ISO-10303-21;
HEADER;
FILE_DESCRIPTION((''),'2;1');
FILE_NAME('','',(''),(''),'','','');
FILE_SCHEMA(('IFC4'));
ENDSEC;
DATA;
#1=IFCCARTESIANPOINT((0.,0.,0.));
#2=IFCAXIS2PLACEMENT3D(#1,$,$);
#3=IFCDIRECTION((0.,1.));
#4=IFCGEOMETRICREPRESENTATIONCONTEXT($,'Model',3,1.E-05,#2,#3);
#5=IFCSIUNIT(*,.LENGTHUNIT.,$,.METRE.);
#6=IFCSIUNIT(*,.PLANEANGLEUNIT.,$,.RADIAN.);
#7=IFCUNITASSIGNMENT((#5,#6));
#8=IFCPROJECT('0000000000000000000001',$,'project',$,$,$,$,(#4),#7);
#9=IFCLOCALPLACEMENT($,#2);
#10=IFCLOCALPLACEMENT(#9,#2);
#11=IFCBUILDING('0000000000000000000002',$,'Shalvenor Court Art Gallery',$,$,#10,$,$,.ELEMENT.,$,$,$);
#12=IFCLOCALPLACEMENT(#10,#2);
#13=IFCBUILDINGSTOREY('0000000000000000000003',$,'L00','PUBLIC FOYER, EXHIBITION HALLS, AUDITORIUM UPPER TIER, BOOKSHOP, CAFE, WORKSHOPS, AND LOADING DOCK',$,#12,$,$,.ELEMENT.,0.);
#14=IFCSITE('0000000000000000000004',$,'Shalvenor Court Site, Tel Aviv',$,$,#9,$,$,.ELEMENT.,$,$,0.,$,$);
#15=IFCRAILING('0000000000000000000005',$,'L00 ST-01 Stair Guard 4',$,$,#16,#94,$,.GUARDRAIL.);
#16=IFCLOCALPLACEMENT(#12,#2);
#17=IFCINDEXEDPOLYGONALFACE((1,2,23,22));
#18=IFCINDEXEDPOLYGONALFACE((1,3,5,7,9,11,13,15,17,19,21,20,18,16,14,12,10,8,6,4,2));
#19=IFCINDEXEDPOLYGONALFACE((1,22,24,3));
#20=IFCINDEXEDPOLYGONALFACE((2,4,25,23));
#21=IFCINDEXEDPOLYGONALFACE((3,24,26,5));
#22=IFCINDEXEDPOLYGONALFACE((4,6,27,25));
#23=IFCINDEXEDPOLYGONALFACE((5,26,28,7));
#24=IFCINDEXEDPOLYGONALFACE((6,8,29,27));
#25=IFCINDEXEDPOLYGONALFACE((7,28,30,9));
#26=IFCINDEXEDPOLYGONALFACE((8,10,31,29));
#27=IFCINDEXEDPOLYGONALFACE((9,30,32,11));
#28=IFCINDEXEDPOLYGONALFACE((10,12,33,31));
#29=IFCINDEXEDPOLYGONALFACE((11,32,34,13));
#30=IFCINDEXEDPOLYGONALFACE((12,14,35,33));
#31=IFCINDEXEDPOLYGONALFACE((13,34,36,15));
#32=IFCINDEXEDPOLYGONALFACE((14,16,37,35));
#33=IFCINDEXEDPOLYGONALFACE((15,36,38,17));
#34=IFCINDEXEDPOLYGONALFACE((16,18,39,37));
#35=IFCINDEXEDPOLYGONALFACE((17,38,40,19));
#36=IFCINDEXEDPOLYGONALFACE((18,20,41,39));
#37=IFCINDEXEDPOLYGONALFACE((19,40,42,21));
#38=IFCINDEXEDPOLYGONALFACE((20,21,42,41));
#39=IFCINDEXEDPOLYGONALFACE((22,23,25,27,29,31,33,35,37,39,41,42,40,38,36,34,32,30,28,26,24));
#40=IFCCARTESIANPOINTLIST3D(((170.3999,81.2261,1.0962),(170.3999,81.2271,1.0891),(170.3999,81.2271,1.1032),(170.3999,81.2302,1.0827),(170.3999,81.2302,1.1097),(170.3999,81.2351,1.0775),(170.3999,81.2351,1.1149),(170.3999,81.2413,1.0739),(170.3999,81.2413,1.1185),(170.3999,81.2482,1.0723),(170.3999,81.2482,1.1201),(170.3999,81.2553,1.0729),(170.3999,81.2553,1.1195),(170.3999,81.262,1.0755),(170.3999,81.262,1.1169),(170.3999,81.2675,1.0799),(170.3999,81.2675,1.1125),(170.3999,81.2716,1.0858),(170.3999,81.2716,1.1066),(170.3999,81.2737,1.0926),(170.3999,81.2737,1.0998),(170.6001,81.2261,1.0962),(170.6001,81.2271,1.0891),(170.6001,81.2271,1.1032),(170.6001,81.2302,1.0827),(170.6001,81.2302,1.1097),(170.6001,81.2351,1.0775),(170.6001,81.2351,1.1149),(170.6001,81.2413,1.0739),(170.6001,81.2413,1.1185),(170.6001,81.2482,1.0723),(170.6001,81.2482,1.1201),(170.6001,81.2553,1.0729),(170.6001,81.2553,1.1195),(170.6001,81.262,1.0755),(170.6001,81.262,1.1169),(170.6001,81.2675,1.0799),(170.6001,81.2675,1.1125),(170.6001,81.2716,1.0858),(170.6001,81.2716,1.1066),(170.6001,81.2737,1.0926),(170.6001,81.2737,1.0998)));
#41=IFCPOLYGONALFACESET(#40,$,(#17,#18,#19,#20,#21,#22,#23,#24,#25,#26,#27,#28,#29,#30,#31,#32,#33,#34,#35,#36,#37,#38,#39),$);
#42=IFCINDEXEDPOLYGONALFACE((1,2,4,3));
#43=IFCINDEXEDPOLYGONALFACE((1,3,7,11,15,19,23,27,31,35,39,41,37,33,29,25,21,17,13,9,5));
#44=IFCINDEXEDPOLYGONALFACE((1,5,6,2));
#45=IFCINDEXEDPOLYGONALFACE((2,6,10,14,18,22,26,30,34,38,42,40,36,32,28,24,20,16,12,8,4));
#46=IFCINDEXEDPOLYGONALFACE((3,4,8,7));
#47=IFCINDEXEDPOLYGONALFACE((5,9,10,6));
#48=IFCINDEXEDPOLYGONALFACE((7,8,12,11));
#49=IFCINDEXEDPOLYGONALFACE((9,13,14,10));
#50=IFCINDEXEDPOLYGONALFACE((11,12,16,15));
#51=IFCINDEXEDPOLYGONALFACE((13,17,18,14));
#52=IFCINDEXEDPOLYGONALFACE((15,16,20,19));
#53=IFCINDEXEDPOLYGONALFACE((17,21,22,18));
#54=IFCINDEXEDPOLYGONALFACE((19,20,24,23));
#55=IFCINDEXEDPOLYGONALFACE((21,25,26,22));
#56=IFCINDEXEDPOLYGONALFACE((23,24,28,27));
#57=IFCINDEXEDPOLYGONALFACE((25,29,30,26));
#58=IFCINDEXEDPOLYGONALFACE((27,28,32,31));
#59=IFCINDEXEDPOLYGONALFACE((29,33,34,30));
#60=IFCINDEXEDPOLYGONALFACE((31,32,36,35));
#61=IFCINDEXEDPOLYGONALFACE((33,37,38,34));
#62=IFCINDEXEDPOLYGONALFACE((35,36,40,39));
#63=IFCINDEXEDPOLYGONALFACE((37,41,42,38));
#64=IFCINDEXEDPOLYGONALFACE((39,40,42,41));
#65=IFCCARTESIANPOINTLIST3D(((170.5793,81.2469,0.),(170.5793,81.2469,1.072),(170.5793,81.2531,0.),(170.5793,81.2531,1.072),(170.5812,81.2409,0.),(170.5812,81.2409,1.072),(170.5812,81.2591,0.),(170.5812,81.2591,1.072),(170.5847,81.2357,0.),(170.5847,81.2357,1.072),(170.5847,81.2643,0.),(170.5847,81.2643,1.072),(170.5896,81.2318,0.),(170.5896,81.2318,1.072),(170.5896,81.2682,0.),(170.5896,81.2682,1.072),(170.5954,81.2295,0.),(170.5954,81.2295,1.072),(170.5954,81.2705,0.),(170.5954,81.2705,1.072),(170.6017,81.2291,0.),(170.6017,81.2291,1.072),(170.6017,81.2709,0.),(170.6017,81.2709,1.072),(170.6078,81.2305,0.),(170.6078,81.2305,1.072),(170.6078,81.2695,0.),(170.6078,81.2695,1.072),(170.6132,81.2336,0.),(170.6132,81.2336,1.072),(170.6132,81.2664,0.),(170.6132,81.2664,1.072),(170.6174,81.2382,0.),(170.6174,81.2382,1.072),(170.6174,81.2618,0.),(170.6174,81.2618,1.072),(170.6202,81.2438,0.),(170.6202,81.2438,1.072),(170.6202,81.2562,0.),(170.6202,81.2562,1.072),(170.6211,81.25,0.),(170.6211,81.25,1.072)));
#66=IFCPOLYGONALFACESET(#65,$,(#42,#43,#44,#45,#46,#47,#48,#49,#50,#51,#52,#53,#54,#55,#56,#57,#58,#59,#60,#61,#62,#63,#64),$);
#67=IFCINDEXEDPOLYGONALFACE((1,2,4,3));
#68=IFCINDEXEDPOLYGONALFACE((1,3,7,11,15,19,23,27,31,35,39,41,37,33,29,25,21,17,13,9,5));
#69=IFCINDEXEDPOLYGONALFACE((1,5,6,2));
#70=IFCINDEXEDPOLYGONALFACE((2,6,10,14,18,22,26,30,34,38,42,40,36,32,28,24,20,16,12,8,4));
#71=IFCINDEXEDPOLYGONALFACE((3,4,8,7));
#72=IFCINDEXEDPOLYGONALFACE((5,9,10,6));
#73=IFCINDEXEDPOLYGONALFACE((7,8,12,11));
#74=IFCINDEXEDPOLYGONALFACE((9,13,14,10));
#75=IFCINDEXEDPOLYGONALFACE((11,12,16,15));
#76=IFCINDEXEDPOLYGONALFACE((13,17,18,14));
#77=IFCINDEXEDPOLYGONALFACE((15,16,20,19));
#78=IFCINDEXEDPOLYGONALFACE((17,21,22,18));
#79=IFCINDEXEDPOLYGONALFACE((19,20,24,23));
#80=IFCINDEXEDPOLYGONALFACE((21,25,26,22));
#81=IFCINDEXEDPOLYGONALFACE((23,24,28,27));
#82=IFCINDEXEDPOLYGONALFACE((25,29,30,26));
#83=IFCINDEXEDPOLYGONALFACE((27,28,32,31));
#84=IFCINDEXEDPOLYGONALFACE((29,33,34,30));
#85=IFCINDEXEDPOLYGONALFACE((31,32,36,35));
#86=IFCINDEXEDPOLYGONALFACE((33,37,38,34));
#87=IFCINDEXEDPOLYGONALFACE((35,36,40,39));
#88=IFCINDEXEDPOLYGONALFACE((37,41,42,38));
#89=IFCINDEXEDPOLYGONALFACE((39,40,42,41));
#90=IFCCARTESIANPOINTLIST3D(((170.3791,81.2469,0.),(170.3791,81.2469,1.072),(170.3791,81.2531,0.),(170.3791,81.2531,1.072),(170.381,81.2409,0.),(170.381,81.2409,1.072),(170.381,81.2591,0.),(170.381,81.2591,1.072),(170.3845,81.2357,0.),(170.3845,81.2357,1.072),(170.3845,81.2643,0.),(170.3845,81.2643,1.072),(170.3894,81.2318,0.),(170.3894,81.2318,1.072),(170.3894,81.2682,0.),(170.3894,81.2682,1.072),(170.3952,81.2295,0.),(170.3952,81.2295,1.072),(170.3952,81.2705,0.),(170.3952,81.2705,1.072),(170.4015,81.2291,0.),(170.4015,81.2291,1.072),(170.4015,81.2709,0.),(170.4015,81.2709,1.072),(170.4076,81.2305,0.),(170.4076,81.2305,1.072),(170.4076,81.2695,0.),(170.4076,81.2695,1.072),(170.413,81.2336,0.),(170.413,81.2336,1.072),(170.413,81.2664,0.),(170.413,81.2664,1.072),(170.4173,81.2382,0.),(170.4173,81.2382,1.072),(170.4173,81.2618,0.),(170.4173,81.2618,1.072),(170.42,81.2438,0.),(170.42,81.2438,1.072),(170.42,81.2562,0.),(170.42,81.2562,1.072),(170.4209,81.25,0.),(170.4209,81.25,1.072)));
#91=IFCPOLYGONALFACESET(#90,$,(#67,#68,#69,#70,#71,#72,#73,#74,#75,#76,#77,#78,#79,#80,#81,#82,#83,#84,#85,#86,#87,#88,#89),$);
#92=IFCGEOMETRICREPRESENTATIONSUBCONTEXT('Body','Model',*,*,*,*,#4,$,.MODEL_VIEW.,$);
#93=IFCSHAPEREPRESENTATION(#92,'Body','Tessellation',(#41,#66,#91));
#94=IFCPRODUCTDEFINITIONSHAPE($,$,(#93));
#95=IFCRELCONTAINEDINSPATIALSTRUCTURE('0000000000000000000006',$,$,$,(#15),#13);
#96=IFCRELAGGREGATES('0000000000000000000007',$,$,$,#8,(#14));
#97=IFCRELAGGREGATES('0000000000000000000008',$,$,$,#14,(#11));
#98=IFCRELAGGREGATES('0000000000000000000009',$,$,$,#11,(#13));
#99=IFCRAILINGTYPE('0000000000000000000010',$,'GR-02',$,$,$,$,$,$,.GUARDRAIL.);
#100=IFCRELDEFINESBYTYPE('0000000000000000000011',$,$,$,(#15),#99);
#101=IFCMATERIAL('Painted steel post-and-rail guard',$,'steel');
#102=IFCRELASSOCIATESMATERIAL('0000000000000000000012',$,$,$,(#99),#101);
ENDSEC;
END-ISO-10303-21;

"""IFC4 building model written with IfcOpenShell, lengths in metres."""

from ifc_helpers import new_model, si_unit, direction, frame, origin, origin_2d, place, context, subcontext, project, spatial, circle, extrude, material, type_object, element, save


model = new_model("IFC4")

# Units and contexts
model_context = context("Model", 3, precision=1e-05, world=origin(), true_north=direction((0.0, 1.0)))
body_context = subcontext(model_context, "Body", "Model", "MODEL_VIEW")
ifc_project = project(units=[si_unit("LENGTHUNIT", "METRE"), si_unit("PLANEANGLEUNIT", "RADIAN")], contexts=[model_context])

# Site, building, storey
site_placement = place(None, origin())
site = spatial("IfcSite", under=ifc_project, at=site_placement, Name="Shalvenor Court Site, Tel Aviv", CompositionType="ELEMENT", RefElevation=0.0)
building_placement = place(site_placement, origin())
building = spatial("IfcBuilding", under=site, at=building_placement, Name="Shalvenor Court Art Gallery", CompositionType="ELEMENT")
storey_placement = place(building_placement, origin())
storey = spatial("IfcBuildingStorey", under=building, at=storey_placement, Name="L00", Description="PUBLIC FOYER, EXHIBITION HALLS, AUDITORIUM UPPER TIER, BOOKSHOP, CAFE, WORKSHOPS, AND LOADING DOCK", CompositionType="ELEMENT", Elevation=0.0)

# Railing
ifc_material_1 = material(Name="Painted steel post-and-rail guard", Category="steel")
railing_type_1 = type_object("IfcRailingType", Name="GR-02", PredefinedType="GUARDRAIL", material=ifc_material_1)
railing_1_placement = place(storey_placement, frame((170.6001, 81.25, 0.0)))
element("IfcRailing", 1, at=railing_1_placement, inside=storey, type_object=railing_type_1, Name="L00 ST-01 Stair Guard 4", PredefinedType="GUARDRAIL", context=body_context, shape_type="SweptSolid", body=[
    extrude(circle(Radius=0.0239, at=origin_2d()), frame((0.0, 0.0, 1.0962), z_axis=(-1.0, 0.0, 0.0), x_axis=(0.0, -1.0, 0.0)), (0.0, 0.0, 1.0), 0.2002),
    extrude(circle(Radius=0.021, at=origin_2d()), origin(), (0.0, 0.0, 1.0), 1.072),
    extrude(circle(Radius=0.021, at=origin_2d()), frame((-0.2002, 0.0, 0.0)), (0.0, 0.0, 1.0), 1.072),
])

save(model, "model.ifc")
